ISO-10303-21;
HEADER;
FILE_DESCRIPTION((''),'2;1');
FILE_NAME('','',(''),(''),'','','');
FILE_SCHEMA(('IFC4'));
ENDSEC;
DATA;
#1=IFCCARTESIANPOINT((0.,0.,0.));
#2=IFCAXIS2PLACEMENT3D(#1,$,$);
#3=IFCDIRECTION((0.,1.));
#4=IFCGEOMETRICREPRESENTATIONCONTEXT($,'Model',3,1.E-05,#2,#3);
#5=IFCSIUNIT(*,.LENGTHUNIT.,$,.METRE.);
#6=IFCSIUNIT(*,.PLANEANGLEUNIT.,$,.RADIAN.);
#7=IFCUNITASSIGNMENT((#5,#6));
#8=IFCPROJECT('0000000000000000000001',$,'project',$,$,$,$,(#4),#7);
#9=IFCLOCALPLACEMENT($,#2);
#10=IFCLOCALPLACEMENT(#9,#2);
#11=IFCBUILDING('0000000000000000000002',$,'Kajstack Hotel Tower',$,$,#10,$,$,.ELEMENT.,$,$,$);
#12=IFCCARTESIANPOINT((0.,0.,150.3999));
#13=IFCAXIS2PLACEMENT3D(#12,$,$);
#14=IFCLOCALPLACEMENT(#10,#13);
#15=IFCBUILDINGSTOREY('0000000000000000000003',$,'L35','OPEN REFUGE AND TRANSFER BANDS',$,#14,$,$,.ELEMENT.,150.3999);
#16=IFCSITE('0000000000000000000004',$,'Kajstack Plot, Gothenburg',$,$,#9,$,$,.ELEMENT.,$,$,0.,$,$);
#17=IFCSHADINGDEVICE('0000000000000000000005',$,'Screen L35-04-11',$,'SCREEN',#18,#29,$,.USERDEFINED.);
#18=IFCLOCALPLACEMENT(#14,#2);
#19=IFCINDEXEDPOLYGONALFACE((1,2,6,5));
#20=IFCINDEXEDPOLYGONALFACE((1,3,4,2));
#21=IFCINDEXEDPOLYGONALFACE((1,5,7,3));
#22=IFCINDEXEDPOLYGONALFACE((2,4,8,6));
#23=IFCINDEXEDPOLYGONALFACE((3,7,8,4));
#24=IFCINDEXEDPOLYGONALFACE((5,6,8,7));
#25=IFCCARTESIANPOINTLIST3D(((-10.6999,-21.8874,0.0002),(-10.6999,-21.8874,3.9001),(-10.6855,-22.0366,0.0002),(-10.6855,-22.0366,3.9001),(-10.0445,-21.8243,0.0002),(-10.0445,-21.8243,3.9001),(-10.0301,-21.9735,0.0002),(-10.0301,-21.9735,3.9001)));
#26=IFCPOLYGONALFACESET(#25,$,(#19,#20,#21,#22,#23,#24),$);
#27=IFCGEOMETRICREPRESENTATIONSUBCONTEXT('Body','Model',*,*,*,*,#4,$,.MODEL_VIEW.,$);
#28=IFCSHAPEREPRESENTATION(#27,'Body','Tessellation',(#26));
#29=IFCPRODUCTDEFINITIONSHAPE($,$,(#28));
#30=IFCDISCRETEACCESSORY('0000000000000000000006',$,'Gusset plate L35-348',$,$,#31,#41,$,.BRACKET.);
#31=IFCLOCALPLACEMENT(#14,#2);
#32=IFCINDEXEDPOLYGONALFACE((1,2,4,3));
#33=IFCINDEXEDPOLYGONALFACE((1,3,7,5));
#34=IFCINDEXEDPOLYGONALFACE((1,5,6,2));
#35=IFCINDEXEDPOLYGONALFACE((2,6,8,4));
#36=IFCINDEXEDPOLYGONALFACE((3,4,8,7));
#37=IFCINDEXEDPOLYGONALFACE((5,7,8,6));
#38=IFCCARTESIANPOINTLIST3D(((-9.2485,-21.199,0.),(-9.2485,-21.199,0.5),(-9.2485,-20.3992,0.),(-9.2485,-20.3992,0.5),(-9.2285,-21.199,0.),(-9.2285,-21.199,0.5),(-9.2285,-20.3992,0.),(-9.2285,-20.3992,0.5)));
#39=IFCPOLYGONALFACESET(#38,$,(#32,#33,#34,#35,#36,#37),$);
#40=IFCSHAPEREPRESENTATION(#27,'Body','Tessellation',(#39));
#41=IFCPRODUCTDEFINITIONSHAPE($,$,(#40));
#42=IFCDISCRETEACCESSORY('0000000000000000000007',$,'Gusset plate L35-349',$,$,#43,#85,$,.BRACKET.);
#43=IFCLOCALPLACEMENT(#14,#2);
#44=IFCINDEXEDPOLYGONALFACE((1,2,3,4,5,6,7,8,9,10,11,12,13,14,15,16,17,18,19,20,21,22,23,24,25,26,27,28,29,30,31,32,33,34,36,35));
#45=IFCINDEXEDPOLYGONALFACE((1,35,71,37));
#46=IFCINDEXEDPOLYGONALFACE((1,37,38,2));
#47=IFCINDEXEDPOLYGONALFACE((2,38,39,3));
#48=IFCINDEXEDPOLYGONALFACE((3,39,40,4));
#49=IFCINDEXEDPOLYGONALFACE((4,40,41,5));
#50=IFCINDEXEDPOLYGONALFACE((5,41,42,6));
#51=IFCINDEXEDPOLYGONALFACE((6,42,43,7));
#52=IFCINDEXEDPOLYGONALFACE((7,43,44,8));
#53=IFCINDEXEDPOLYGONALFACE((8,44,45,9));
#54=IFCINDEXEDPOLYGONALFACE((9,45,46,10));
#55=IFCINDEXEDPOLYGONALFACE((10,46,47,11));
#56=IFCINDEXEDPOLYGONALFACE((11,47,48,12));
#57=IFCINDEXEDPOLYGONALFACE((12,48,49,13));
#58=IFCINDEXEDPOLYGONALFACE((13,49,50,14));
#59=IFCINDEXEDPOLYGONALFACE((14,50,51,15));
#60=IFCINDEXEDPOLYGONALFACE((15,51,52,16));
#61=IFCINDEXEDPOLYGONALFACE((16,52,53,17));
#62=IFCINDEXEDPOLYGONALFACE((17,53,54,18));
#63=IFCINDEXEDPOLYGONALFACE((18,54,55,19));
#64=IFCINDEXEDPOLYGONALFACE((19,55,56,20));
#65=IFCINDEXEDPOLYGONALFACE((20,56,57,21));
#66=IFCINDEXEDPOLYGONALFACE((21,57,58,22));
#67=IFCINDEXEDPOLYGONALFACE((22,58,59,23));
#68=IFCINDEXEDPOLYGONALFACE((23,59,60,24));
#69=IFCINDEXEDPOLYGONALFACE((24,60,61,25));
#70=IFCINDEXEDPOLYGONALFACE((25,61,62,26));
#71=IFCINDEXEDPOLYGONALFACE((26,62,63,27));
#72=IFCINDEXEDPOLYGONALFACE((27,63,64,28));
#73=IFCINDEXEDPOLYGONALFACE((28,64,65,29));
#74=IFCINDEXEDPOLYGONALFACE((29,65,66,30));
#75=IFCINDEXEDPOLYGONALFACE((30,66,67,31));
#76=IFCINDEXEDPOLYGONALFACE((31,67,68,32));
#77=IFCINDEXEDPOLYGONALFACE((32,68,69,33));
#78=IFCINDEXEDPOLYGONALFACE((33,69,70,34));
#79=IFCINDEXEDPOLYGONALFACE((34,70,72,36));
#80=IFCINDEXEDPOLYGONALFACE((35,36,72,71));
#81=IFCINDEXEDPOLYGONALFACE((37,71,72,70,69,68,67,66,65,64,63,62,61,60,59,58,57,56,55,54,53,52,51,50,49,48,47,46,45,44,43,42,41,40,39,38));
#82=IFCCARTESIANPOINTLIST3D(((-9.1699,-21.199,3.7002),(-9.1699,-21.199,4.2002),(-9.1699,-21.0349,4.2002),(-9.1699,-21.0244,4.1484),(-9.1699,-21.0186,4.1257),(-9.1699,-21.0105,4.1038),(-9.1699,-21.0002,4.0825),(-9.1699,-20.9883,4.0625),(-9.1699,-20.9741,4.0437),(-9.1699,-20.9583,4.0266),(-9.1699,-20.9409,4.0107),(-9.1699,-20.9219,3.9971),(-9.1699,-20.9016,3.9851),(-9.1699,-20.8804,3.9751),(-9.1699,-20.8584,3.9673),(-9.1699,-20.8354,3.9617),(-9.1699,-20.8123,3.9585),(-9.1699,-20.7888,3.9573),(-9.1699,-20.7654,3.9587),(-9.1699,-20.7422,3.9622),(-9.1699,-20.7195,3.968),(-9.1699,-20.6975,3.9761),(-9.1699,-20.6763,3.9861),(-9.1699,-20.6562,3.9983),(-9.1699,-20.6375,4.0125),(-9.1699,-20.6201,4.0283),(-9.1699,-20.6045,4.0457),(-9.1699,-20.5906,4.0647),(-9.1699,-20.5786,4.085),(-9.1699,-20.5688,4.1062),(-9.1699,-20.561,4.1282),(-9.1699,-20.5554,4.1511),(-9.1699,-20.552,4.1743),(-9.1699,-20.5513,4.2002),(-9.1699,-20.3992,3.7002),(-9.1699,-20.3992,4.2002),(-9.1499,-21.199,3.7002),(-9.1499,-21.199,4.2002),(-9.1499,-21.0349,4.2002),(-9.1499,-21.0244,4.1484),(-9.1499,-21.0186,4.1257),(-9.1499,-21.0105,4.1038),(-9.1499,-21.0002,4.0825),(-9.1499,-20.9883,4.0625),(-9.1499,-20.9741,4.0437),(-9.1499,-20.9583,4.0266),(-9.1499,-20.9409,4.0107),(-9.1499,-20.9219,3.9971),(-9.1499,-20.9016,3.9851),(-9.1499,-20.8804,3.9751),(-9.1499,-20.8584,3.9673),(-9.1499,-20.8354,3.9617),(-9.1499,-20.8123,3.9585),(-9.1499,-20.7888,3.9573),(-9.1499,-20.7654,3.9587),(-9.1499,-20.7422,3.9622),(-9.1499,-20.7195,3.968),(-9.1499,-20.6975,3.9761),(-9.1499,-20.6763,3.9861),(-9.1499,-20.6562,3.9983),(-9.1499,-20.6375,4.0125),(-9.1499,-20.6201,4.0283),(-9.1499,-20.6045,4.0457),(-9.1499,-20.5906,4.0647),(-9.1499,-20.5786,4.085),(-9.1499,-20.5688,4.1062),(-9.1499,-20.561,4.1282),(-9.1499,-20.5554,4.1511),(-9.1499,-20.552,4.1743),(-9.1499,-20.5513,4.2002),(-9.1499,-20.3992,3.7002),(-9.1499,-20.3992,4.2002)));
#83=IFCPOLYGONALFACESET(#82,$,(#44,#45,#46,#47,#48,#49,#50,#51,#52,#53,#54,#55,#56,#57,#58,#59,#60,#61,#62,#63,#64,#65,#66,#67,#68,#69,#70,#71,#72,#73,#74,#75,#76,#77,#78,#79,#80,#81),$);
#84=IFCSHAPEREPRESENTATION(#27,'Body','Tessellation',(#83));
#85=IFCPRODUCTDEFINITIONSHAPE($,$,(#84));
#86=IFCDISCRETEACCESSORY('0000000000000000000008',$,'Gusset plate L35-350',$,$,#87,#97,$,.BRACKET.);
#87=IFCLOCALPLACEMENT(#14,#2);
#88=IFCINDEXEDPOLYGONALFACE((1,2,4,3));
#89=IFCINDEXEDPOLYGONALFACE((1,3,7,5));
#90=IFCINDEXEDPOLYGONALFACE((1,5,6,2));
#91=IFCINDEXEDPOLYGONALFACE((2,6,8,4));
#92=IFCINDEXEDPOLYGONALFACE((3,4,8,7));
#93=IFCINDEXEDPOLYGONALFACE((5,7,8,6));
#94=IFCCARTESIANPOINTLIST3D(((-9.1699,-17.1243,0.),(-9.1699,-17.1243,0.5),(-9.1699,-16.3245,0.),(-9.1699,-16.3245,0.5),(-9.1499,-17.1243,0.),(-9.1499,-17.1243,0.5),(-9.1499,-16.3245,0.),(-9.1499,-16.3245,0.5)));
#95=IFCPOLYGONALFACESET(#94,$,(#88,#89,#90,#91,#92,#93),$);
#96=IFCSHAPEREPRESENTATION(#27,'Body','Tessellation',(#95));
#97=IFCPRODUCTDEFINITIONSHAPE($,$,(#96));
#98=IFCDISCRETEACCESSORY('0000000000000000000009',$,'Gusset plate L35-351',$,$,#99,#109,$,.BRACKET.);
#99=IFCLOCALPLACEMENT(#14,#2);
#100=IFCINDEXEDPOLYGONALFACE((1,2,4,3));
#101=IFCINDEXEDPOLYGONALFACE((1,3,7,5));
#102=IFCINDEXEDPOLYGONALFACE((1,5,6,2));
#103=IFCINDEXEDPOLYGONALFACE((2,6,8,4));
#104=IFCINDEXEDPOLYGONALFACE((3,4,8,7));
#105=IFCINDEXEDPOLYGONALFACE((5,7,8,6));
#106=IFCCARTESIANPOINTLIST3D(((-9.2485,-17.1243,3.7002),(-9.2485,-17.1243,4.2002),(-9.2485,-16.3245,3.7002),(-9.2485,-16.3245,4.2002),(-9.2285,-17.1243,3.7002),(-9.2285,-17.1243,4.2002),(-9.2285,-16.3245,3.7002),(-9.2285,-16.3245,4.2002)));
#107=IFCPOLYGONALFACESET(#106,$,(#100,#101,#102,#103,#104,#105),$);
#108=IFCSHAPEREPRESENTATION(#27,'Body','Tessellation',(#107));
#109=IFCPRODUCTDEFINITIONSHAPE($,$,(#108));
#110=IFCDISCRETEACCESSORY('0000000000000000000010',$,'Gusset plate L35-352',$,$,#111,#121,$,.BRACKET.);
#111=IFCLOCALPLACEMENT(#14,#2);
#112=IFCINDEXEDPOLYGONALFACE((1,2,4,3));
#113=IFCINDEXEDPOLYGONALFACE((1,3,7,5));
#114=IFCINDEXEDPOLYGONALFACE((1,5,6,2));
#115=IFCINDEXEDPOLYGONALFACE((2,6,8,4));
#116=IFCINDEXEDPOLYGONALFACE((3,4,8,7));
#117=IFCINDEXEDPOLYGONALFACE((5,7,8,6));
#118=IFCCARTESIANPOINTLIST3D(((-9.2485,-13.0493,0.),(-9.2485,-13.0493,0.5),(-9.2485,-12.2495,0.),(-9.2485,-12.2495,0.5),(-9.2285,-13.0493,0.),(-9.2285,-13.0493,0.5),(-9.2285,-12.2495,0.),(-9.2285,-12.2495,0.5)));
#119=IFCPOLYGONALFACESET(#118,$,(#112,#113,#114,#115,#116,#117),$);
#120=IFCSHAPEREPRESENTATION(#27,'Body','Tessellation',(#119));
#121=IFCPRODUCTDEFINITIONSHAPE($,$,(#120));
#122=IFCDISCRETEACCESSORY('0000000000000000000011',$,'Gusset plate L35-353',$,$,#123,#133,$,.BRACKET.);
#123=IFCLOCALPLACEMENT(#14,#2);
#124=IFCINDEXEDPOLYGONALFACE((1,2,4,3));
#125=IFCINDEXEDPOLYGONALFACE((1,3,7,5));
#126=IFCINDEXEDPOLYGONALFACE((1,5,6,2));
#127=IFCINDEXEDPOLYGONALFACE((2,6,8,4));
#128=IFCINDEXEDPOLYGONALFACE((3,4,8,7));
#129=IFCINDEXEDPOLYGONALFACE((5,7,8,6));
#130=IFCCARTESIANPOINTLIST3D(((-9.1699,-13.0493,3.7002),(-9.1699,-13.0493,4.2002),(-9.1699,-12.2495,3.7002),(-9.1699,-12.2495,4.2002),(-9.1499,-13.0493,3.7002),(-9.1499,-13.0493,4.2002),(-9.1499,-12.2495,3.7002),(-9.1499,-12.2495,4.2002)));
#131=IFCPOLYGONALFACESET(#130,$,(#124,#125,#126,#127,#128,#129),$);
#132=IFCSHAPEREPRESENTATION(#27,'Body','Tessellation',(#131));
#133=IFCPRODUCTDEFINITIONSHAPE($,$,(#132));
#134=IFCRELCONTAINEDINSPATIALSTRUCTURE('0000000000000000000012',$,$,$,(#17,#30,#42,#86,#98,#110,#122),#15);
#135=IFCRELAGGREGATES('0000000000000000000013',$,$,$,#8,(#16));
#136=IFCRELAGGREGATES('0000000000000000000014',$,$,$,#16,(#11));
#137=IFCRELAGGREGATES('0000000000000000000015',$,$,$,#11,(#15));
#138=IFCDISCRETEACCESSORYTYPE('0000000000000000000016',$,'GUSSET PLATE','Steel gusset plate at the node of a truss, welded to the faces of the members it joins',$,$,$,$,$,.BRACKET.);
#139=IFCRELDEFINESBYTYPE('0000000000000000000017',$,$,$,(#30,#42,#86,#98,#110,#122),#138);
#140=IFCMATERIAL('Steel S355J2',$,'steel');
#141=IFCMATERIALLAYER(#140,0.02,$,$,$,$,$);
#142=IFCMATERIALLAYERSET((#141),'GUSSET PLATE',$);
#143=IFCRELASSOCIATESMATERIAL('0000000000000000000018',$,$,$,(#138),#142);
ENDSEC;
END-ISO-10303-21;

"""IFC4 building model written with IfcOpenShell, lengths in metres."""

from ifc_helpers import new_model, si_unit, direction, frame, origin, origin_2d, place, context, subcontext, project, spatial, polyline, rectangle, outline, extrude, material, layer, layer_set, type_object, element, save


model = new_model("IFC4")

# Units and contexts
model_context = context("Model", 3, precision=1e-05, world=origin(), true_north=direction((0.0, 1.0)))
body_context = subcontext(model_context, "Body", "Model", "MODEL_VIEW")
ifc_project = project(units=[si_unit("LENGTHUNIT", "METRE"), si_unit("PLANEANGLEUNIT", "RADIAN")], contexts=[model_context])

# Site, building, storey
site_placement = place(None, origin())
site = spatial("IfcSite", under=ifc_project, at=site_placement, Name="Kajstack Plot, Gothenburg", CompositionType="ELEMENT", RefElevation=0.0)
building_placement = place(site_placement, origin())
building = spatial("IfcBuilding", under=site, at=building_placement, Name="Kajstack Hotel Tower", CompositionType="ELEMENT")
storey_placement = place(building_placement, frame((0.0, 0.0, 150.3999)))
storey = spatial("IfcBuildingStorey", under=building, at=storey_placement, Name="L35", Description="OPEN REFUGE AND TRANSFER BANDS", CompositionType="ELEMENT", Elevation=150.3999)

# Shared definitions
ifc_material_1 = material(Name="Steel S355J2", Category="steel")

# Shading device
for number, where, z_axis, x_axis, name in (
    (1, (-10.365, -21.9304, 0.0002), (0.0, 0.0, 1.0), (0.995396, 0.095846, 0.0), "Screen L35-04-11"),
):
    element("IfcShadingDevice", number, at=place(storey_placement, frame(where, z_axis=z_axis, x_axis=x_axis)), inside=storey, Name=name, ObjectType="SCREEN", PredefinedType="USERDEFINED", context=body_context, shape_type="SweptSolid", body=[
        extrude(rectangle(XDim=0.6584, YDim=0.1499, at=origin_2d()), origin(), (0.0, 0.0, 1.0), 3.8999),
    ])

# Discrete accessories
ifc_layer_1 = layer(ifc_material_1, 0.02)
ifc_layer_set_1 = layer_set([ifc_layer_1], Name="GUSSET PLATE")
discrete_accessory_type = type_object("IfcDiscreteAccessoryType", Name="GUSSET PLATE", Description="Steel gusset plate at the node of a truss, welded to the faces of the members it joins", PredefinedType="BRACKET", material=ifc_layer_set_1)
discrete_accessory_1_placement = place(storey_placement, frame((-9.2485, -20.7991, 0.0), z_axis=(1.0, 0.0, 0.0), x_axis=(0.0, 1.0, 0.0)))
element("IfcDiscreteAccessory", 2, at=discrete_accessory_1_placement, inside=storey, type_object=discrete_accessory_type, Name="Gusset plate L35-348", PredefinedType="BRACKET", context=body_context, shape_type="SweptSolid", body=[
    extrude(outline(polyline([(-0.3999, 0.0), (0.3999, 0.0), (0.3999, 0.5), (-0.3999, 0.5), (-0.3999, 0.0)])), origin(), (0.0, 0.0, 1.0), 0.02),
])
discrete_accessory_2_placement = place(storey_placement, frame((-9.1699, -20.7991, 3.7002), z_axis=(1.0, 0.0, 0.0), x_axis=(0.0, 1.0, 0.0)))
element("IfcDiscreteAccessory", 3, at=discrete_accessory_2_placement, inside=storey, type_object=discrete_accessory_type, Name="Gusset plate L35-349", PredefinedType="BRACKET", context=body_context, shape_type="SweptSolid", body=[
    extrude(outline(polyline([(0.3999, 0.5), (0.2478, 0.5), (0.2471, 0.4741), (0.2437, 0.4509), (0.238, 0.428), (0.2302, 0.406), (0.2205, 0.3848), (0.2085, 0.3645), (0.1946, 0.3455), (0.179, 0.3281), (0.1616, 0.3123), (0.1428, 0.2981), (0.1228, 0.2859), (0.1016, 0.2759), (0.0796, 0.2678), (0.0569, 0.262), (0.0337, 0.2585), (0.0103, 0.2571), (-0.0132, 0.2583), (-0.0364, 0.2615), (-0.0593, 0.2671), (-0.0813, 0.2749), (-0.1025, 0.2849), (-0.1228, 0.2969), (-0.1418, 0.3105), (-0.1592, 0.3264), (-0.175, 0.3435), (-0.1892, 0.3623), (-0.2012, 0.3823), (-0.2114, 0.4036), (-0.2195, 0.4255), (-0.2253, 0.4482), (-0.2358, 0.5), (-0.3999, 0.5), (-0.3999, 0.0), (0.3999, 0.0), (0.3999, 0.5)])), origin(), (0.0, 0.0, 1.0), 0.02),
])
for number, where, z_axis, x_axis, name in (
    (4, (-9.1699, -16.7244, 0.0), (1.0, 0.0, 0.0), (0.0, 1.0, 0.0), "Gusset plate L35-350"),
    (5, (-9.2485, -16.7244, 3.7002), (1.0, 0.0, 0.0), (0.0, 1.0, 0.0), "Gusset plate L35-351"),
    (6, (-9.2485, -12.6494, 0.0), (1.0, 0.0, 0.0), (0.0, 1.0, 0.0), "Gusset plate L35-352"),
    (7, (-9.1699, -12.6494, 3.7002), (1.0, 0.0, 0.0), (0.0, 1.0, 0.0), "Gusset plate L35-353"),
):
    element("IfcDiscreteAccessory", number, at=place(storey_placement, frame(where, z_axis=z_axis, x_axis=x_axis)), inside=storey, type_object=discrete_accessory_type, Name=name, PredefinedType="BRACKET", context=body_context, shape_type="SweptSolid", body=[
        extrude(outline(polyline([(-0.3999, 0.0), (0.3999, 0.0), (0.3999, 0.5), (-0.3999, 0.5), (-0.3999, 0.0)])), origin(), (0.0, 0.0, 1.0), 0.02),
    ])

save(model, "model.ifc")
